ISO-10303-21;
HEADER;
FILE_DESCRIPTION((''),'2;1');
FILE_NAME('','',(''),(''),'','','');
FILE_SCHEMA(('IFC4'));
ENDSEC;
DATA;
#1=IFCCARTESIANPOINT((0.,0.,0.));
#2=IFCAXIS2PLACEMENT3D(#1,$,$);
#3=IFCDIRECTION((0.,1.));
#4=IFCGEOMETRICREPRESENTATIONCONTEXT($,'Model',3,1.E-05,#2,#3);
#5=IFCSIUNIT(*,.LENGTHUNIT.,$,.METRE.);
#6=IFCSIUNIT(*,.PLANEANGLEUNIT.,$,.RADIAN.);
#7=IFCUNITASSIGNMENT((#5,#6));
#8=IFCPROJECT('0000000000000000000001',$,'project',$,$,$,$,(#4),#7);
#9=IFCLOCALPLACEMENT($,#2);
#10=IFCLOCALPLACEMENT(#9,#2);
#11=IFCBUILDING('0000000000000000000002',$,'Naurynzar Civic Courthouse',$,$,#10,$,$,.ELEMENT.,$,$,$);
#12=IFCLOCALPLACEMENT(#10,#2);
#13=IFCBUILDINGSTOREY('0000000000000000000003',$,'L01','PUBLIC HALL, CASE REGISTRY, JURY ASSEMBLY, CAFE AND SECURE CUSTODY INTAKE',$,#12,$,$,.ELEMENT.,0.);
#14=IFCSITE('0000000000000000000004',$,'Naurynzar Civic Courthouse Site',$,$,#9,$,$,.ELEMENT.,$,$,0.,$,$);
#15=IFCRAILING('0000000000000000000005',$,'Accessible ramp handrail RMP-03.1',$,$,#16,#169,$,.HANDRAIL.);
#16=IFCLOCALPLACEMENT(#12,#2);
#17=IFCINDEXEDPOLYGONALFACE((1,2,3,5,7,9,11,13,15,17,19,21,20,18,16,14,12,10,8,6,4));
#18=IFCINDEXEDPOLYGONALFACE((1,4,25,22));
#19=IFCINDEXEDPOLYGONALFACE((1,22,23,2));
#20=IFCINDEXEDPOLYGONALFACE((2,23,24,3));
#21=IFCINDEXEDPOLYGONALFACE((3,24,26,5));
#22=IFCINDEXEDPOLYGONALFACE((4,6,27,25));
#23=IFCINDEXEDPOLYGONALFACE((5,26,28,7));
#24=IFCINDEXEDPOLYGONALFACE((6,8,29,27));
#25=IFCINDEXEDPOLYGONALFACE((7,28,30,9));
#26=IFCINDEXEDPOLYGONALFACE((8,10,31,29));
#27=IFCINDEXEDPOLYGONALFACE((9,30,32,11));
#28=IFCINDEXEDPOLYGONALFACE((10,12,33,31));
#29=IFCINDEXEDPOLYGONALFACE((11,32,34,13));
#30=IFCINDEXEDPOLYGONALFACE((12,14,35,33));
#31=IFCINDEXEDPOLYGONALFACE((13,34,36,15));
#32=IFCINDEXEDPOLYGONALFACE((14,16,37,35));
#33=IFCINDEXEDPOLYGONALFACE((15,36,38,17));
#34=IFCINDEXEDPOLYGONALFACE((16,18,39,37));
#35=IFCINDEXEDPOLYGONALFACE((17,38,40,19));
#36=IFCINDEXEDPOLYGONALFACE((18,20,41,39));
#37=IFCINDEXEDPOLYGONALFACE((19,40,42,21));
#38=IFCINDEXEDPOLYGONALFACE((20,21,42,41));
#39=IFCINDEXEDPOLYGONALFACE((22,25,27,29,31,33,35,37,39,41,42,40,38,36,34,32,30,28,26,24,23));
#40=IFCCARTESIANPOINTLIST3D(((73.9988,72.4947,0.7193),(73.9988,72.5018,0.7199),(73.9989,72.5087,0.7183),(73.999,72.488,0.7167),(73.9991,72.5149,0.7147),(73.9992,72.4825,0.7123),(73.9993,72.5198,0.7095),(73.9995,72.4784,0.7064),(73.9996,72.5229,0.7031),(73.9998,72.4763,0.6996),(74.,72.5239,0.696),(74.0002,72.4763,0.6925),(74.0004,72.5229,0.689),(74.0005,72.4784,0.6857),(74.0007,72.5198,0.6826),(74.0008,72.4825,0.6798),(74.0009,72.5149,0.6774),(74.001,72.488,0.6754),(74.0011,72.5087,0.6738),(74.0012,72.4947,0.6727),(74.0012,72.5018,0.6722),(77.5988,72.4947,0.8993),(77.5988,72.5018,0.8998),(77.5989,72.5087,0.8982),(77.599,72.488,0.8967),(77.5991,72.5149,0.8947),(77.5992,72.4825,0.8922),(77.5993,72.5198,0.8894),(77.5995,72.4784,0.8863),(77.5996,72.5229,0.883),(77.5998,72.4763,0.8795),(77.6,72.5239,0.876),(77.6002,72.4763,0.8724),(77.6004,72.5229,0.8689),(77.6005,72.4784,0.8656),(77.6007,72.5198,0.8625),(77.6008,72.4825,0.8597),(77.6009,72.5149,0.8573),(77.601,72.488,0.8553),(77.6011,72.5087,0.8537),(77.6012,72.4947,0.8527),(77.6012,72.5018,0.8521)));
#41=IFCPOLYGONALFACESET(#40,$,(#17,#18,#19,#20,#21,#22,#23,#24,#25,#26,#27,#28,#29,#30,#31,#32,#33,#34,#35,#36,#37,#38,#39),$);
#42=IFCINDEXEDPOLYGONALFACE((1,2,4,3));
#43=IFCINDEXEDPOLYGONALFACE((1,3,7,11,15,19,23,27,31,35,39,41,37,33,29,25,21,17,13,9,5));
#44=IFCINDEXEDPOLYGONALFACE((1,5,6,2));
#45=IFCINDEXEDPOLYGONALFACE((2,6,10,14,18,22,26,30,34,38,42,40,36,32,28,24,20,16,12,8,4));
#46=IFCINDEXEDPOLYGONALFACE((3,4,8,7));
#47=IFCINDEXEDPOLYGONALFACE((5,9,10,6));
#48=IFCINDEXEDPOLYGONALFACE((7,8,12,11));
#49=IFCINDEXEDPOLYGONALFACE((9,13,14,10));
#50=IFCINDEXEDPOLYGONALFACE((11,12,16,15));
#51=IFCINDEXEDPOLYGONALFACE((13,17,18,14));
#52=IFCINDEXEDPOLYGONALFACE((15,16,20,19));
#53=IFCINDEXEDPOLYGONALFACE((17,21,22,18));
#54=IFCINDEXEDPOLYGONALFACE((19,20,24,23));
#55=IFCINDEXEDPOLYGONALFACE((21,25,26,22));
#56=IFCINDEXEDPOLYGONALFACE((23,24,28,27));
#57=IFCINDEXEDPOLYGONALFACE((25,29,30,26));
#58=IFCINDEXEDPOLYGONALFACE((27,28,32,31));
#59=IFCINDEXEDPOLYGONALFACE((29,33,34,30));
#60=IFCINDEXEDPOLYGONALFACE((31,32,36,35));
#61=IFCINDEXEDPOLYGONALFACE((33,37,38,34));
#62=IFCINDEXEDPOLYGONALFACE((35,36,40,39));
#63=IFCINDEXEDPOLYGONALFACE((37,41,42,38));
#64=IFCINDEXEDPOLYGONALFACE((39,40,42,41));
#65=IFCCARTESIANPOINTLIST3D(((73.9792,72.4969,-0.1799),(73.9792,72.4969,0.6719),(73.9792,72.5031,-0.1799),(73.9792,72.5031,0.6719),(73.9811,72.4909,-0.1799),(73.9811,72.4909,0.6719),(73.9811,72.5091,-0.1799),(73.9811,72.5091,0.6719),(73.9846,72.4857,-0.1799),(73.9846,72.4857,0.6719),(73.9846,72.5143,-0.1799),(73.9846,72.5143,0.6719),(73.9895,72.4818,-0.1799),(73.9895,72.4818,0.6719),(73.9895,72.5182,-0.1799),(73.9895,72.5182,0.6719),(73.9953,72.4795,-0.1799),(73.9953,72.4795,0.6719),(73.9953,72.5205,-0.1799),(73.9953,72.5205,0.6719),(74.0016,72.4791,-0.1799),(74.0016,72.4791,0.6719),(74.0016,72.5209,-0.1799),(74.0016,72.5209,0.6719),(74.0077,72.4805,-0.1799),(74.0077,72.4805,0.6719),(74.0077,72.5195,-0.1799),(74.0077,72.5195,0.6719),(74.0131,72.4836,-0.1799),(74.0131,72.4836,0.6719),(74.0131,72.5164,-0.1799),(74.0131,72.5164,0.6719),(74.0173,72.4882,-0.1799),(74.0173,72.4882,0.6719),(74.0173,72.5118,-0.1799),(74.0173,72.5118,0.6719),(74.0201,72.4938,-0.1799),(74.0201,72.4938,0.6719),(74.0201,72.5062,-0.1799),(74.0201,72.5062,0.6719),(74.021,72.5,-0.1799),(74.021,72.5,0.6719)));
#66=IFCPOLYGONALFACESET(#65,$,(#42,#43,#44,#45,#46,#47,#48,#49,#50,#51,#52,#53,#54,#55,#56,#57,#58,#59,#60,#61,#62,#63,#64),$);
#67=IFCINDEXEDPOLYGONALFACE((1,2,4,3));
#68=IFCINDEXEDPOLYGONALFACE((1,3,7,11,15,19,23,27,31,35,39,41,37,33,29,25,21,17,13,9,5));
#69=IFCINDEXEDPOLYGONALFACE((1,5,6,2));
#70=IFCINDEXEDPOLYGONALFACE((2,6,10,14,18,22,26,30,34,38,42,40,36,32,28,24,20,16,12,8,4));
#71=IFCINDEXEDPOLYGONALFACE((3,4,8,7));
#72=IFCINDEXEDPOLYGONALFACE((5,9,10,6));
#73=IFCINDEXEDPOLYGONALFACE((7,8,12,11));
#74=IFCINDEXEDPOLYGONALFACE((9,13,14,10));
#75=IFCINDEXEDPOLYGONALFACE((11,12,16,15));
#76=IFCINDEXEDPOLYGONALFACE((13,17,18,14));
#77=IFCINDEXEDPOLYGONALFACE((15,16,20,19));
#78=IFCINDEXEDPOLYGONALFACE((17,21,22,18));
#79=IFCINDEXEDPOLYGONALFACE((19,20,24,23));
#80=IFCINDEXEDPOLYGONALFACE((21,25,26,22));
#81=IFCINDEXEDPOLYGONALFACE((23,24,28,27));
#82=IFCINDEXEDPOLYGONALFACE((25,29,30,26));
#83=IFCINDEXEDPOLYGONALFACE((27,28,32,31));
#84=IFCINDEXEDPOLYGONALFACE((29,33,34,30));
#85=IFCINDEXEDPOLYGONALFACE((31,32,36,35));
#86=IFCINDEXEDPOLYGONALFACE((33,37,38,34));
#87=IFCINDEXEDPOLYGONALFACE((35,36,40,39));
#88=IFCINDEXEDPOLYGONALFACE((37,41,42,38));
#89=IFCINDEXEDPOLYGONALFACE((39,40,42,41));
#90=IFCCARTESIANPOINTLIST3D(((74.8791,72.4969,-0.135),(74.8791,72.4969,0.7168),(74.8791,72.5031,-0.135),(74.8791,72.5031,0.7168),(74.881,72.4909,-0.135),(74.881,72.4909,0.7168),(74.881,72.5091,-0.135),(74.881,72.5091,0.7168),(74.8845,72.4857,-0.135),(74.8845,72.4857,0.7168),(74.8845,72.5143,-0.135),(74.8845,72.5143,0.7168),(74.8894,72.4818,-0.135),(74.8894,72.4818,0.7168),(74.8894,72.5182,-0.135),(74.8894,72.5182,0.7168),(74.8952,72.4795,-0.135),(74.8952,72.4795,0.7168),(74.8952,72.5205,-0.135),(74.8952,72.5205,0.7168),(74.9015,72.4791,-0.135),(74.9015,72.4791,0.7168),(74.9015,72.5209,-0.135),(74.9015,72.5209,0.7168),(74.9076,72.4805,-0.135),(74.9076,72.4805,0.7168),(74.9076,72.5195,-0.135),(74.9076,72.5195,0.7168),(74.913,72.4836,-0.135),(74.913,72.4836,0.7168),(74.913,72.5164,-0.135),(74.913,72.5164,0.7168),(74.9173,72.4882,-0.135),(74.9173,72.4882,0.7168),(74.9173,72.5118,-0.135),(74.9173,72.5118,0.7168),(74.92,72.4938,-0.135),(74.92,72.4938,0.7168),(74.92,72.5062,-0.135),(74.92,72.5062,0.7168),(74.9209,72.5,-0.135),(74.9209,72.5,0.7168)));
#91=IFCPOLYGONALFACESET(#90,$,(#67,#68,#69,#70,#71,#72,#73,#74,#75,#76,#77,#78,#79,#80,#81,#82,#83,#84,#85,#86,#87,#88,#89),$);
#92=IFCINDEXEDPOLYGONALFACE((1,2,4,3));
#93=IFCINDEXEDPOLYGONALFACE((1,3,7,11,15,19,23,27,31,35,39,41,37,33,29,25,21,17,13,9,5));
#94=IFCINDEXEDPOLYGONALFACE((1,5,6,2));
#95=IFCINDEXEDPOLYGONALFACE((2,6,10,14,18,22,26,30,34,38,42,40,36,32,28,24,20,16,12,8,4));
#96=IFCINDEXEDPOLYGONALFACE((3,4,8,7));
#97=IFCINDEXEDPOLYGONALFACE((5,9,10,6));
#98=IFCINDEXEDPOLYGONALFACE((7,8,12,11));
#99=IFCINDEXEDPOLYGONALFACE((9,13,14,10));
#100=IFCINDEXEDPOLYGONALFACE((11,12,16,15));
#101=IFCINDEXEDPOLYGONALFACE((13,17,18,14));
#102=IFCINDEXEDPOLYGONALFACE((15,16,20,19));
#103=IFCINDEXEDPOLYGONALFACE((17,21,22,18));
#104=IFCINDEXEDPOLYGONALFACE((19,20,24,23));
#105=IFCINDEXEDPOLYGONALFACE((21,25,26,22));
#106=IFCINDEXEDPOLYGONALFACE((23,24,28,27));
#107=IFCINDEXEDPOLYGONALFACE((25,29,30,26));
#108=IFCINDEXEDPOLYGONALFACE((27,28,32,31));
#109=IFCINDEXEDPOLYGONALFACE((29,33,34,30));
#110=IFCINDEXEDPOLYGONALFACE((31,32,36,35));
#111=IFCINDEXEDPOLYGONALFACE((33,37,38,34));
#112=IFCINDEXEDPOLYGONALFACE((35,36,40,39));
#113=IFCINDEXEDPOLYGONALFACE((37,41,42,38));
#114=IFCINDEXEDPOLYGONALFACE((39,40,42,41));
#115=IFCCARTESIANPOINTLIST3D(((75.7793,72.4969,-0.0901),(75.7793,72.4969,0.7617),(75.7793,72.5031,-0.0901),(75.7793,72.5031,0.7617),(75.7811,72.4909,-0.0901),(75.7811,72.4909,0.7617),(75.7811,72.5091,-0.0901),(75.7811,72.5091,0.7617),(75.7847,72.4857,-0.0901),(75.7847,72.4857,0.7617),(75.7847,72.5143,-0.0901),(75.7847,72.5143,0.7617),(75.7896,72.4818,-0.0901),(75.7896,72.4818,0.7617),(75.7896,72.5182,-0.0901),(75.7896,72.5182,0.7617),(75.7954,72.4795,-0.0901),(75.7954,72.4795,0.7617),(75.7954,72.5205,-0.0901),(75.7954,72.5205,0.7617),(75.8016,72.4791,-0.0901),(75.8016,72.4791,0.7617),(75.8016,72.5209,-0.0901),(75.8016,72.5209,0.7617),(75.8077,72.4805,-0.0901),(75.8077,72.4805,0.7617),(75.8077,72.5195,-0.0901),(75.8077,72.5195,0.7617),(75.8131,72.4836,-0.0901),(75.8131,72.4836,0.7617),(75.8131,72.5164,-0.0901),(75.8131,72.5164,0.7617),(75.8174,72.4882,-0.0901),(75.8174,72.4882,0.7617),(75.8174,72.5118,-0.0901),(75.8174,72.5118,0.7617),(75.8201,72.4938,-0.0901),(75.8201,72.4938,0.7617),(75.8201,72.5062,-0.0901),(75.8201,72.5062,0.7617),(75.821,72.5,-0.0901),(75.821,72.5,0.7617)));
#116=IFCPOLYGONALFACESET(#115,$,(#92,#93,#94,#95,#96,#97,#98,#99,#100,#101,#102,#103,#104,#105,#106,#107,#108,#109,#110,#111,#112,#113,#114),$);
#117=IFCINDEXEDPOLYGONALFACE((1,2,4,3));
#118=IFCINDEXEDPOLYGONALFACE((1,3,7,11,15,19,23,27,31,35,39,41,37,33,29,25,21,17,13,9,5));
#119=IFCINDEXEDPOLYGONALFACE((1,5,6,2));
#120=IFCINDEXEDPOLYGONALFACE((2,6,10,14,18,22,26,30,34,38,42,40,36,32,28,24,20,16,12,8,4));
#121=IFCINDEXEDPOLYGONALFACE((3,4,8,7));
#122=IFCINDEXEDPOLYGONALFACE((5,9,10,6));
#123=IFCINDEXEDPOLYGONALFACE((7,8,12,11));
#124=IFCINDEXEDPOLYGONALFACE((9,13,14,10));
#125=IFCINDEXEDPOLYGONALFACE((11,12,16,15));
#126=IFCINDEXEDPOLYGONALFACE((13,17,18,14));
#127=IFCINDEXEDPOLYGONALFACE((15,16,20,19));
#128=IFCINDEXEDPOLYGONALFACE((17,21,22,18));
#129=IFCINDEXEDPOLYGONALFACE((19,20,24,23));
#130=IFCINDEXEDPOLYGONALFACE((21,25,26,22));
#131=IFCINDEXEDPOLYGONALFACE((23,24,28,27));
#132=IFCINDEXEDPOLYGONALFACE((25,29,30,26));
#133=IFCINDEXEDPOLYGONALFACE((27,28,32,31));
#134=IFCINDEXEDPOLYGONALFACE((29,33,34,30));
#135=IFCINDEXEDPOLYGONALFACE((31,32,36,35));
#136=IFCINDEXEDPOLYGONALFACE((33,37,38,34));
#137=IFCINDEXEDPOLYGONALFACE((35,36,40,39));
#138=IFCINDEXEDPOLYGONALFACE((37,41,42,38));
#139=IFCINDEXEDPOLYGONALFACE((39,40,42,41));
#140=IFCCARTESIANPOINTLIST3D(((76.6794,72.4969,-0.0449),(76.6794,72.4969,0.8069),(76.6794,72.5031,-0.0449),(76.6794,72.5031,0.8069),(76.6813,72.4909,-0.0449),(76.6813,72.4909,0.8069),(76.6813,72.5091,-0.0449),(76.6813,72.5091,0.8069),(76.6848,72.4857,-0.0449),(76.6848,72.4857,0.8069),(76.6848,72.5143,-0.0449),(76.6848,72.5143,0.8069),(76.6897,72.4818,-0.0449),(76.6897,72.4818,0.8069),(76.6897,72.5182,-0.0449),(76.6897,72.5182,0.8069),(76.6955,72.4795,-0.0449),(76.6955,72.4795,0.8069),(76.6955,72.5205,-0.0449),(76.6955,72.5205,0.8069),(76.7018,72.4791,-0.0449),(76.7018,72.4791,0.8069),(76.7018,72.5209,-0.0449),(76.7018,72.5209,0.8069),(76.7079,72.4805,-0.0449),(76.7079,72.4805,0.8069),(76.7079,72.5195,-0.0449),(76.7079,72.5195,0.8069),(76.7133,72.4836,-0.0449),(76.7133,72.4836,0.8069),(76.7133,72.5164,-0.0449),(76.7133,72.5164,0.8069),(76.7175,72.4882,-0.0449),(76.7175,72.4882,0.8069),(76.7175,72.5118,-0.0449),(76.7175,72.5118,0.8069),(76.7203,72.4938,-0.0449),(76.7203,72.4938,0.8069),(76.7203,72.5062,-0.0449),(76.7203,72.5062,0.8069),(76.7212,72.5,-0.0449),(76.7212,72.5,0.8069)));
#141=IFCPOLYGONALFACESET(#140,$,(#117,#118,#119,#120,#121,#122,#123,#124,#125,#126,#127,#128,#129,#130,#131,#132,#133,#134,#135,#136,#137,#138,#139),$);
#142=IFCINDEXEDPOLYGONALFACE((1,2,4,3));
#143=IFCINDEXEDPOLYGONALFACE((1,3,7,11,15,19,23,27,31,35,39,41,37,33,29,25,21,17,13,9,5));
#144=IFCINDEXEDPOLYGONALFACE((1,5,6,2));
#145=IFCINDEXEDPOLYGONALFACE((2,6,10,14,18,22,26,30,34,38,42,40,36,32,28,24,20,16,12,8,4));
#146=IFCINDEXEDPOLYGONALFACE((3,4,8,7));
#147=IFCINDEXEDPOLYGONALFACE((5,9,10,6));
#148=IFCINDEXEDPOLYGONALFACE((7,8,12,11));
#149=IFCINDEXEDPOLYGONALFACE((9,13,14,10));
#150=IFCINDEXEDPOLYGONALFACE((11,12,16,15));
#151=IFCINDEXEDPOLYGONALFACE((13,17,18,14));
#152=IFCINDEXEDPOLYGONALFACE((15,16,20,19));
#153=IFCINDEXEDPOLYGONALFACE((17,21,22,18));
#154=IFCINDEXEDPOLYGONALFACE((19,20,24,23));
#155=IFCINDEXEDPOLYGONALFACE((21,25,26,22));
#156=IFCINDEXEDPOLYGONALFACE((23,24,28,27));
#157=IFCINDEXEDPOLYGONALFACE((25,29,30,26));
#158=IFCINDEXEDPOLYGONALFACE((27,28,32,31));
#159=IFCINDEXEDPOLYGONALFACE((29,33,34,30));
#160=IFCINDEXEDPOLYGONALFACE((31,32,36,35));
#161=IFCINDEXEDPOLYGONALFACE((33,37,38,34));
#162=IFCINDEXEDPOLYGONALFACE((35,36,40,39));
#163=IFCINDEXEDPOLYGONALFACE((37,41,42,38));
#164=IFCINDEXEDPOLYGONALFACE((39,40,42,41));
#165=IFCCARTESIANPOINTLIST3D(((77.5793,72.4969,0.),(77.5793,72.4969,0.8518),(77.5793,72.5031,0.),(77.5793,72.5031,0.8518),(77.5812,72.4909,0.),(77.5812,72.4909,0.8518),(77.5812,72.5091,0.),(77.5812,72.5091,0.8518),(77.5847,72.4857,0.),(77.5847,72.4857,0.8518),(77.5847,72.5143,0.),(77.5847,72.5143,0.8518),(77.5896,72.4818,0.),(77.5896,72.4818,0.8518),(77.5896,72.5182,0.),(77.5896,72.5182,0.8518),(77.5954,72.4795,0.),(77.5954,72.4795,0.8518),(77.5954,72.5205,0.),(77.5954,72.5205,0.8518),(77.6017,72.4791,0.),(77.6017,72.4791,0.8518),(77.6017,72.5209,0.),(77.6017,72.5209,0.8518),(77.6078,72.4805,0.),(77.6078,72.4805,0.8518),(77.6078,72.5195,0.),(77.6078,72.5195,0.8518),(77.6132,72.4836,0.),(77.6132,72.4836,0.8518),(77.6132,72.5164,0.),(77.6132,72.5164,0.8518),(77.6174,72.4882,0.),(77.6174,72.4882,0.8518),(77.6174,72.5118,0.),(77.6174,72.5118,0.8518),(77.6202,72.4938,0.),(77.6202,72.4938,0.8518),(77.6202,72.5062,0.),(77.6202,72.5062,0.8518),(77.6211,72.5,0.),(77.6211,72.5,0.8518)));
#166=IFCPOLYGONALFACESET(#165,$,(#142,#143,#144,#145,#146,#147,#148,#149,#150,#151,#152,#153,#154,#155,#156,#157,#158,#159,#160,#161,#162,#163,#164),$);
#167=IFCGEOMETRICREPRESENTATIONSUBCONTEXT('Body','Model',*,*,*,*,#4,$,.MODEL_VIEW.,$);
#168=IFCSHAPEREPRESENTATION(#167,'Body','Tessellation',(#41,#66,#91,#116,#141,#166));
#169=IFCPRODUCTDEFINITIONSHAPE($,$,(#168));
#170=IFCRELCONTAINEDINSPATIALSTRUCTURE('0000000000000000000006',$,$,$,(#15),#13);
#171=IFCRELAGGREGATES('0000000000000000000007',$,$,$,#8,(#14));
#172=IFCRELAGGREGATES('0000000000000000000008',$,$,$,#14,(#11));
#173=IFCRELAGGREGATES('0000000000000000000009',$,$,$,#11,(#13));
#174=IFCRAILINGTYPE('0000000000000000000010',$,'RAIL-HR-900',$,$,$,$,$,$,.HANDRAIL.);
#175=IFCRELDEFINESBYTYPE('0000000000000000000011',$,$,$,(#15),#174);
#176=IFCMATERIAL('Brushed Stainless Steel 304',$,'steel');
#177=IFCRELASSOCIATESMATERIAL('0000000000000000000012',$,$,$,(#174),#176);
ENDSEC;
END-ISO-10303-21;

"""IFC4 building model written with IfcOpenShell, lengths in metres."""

from ifc_helpers import new_model, si_unit, direction, frame, origin, origin_2d, place, context, subcontext, project, spatial, circle, extrude, material, type_object, element, save


model = new_model("IFC4")

# Units and contexts
model_context = context("Model", 3, precision=1e-05, world=origin(), true_north=direction((0.0, 1.0)))
body_context = subcontext(model_context, "Body", "Model", "MODEL_VIEW")
ifc_project = project(units=[si_unit("LENGTHUNIT", "METRE"), si_unit("PLANEANGLEUNIT", "RADIAN")], contexts=[model_context])

# Site, building, storey
site_placement = place(None, origin())
site = spatial("IfcSite", under=ifc_project, at=site_placement, Name="Naurynzar Civic Courthouse Site", CompositionType="ELEMENT", RefElevation=0.0)
building_placement = place(site_placement, origin())
building = spatial("IfcBuilding", under=site, at=building_placement, Name="Naurynzar Civic Courthouse", CompositionType="ELEMENT")
storey_placement = place(building_placement, origin())
storey = spatial("IfcBuildingStorey", under=building, at=storey_placement, Name="L01", Description="PUBLIC HALL, CASE REGISTRY, JURY ASSEMBLY, CAFE AND SECURE CUSTODY INTAKE", CompositionType="ELEMENT", Elevation=0.0)

# Railing
ifc_material_1 = material(Name="Brushed Stainless Steel 304", Category="steel")
railing_type = type_object("IfcRailingType", Name="RAIL-HR-900", PredefinedType="HANDRAIL", material=ifc_material_1)
for number, where, name in (
    (1, (74.0, 72.5, -0.1799), "Accessible ramp handrail RMP-03.1"),
):
    element("IfcRailing", number, at=place(storey_placement, frame(where)), inside=storey, type_object=railing_type, Name=name, PredefinedType="HANDRAIL", context=body_context, shape_type="SweptSolid", body=[
        extrude(circle(Radius=0.0239, at=origin_2d()), frame((0.0, 0.0, 0.876), z_axis=(0.998753, 0.0, 0.049917), x_axis=(0.0, 1.0, 0.0)), (0.0, 0.0, 1.0), 3.6045),
        extrude(circle(Radius=0.021, at=origin_2d()), origin(), (0.0, 0.0, 1.0), 0.8518),
        extrude(circle(Radius=0.021, at=origin_2d()), frame((0.8999, 0.0, 0.0449)), (0.0, 0.0, 1.0), 0.8518),
        extrude(circle(Radius=0.021, at=origin_2d()), frame((1.8, 0.0, 0.0898)), (0.0, 0.0, 1.0), 0.8518),
        extrude(circle(Radius=0.021, at=origin_2d()), frame((2.7002, 0.0, 0.135)), (0.0, 0.0, 1.0), 0.8518),
        extrude(circle(Radius=0.021, at=origin_2d()), frame((3.6001, 0.0, 0.1799)), (0.0, 0.0, 1.0), 0.8518),
    ])

save(model, "model.ifc")
